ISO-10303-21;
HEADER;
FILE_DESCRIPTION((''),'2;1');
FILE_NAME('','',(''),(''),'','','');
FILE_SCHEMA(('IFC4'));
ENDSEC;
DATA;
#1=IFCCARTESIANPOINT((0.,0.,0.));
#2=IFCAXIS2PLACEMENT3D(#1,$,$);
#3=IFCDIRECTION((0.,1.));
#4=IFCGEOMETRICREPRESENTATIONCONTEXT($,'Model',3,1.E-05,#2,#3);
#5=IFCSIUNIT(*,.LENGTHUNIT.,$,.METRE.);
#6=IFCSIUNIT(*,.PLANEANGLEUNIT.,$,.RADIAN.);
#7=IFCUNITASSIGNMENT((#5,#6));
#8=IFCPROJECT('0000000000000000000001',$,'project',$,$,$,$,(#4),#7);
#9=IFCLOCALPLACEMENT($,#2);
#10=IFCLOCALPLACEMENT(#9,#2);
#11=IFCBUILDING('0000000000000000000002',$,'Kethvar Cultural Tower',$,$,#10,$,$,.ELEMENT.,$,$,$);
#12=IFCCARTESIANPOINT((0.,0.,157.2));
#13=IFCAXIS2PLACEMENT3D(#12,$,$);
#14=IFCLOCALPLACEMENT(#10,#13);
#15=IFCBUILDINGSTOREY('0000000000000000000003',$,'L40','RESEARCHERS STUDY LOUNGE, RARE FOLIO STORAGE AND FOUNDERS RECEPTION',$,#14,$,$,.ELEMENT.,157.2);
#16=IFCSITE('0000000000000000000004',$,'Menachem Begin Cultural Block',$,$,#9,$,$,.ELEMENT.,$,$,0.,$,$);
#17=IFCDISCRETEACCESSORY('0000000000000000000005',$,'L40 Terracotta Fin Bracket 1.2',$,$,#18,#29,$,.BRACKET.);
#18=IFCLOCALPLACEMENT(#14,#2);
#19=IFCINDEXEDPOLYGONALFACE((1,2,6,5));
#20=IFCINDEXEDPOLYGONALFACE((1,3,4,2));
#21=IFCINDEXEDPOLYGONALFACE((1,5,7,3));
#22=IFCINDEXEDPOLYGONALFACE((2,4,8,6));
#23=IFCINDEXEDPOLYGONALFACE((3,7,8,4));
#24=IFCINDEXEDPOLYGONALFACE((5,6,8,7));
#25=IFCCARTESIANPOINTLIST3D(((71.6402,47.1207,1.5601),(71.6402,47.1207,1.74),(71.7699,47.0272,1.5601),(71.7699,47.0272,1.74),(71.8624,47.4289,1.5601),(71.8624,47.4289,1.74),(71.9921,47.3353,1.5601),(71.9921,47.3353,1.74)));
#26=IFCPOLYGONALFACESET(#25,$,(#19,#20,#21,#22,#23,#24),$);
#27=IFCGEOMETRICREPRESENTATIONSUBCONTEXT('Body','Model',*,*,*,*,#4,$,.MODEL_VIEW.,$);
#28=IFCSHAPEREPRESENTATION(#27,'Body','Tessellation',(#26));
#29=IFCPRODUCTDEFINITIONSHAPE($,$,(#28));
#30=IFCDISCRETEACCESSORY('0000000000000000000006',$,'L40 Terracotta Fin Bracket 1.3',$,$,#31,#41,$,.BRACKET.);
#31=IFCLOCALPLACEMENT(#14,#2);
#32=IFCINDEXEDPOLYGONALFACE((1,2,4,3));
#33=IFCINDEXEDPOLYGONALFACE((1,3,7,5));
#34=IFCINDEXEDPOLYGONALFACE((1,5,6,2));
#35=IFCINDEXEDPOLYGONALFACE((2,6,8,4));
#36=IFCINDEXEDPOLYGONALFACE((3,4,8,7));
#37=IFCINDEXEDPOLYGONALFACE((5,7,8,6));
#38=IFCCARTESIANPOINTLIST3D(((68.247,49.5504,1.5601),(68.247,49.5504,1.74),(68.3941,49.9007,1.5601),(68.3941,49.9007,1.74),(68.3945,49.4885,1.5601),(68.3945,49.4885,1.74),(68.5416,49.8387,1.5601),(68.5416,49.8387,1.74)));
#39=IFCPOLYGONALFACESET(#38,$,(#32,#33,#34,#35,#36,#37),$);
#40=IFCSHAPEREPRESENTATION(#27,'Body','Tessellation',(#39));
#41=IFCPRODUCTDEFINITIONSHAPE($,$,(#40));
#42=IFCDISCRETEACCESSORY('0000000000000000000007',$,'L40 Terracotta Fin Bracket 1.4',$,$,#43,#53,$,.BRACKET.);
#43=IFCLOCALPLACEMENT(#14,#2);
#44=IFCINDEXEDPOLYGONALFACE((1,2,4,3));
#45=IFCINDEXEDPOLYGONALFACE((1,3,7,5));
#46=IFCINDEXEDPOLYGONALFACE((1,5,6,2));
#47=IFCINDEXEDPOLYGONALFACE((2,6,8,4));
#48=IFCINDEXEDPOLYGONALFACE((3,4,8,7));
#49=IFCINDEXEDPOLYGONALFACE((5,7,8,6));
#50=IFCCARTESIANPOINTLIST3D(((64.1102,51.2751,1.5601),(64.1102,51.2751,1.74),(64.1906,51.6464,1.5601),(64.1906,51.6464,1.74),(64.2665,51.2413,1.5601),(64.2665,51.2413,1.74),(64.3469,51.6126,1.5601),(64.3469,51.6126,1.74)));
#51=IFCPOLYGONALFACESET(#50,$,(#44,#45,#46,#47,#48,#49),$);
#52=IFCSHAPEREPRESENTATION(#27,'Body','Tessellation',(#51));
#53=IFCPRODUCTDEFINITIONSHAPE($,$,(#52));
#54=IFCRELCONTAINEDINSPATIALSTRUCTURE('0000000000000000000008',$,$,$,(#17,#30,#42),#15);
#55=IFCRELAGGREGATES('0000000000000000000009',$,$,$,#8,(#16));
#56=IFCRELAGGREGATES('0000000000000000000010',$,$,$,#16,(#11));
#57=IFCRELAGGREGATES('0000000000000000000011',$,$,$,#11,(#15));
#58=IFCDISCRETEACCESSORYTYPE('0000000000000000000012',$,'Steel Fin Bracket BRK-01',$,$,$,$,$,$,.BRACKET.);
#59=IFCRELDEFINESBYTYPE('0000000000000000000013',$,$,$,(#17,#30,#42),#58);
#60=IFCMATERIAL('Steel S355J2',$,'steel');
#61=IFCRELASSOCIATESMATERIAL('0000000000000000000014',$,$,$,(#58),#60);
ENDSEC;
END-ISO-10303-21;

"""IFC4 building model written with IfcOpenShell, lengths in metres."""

from ifc_helpers import new_model, si_unit, direction, frame, origin, origin_2d, place, context, subcontext, project, spatial, rectangle, extrude, source, transform, mapped, material, type_object, element, save


model = new_model("IFC4")

# Units and contexts
model_context = context("Model", 3, precision=1e-05, world=origin(), true_north=direction((0.0, 1.0)))
body_context = subcontext(model_context, "Body", "Model", "MODEL_VIEW")
ifc_project = project(units=[si_unit("LENGTHUNIT", "METRE"), si_unit("PLANEANGLEUNIT", "RADIAN")], contexts=[model_context])

# Site, building, storey
site_placement = place(None, origin())
site = spatial("IfcSite", under=ifc_project, at=site_placement, Name="Menachem Begin Cultural Block", CompositionType="ELEMENT", RefElevation=0.0)
building_placement = place(site_placement, origin())
building = spatial("IfcBuilding", under=site, at=building_placement, Name="Kethvar Cultural Tower", CompositionType="ELEMENT")
storey_placement = place(building_placement, frame((0.0, 0.0, 157.2)))
storey = spatial("IfcBuildingStorey", under=building, at=storey_placement, Name="L40", Description="RESEARCHERS STUDY LOUNGE, RARE FOLIO STORAGE AND FOUNDERS RECEPTION", CompositionType="ELEMENT", Elevation=157.2)

# Shared definitions
ifc_material_1 = material(Name="Steel S355J2", Category="steel")

# Discrete accessories
discrete_accessory_type = type_object("IfcDiscreteAccessoryType", Name="Steel Fin Bracket BRK-01", PredefinedType="BRACKET", material=ifc_material_1)
shared_shape_1 = source(origin(), body_context, "Body", "SweptSolid", [
    extrude(rectangle(XDim=0.3799, YDim=0.1599, at=origin_2d()), origin(), (0.0, 0.0, 1.0), 0.1799),
])
for number, where, z_axis, x_axis, name in (
    (1, (71.8162, 47.228, 1.5601), (0.0, 0.0, 1.0), (0.584816, 0.811166, 0.0), "L40 Terracotta Fin Bracket 1.2"),
    (2, (68.3943, 49.6946, 1.5601), (0.0, 0.0, 1.0), (0.387194, 0.921998, 0.0), "L40 Terracotta Fin Bracket 1.3"),
    (3, (64.2285, 51.4438, 1.5601), (0.0, 0.0, 1.0), (0.211666, 0.977342, 0.0), "L40 Terracotta Fin Bracket 1.4"),
):
    element("IfcDiscreteAccessory", number, at=place(storey_placement, frame(where, z_axis=z_axis, x_axis=x_axis)), inside=storey, type_object=discrete_accessory_type, Name=name, PredefinedType="BRACKET", context=body_context, shape_type="MappedRepresentation", body=[
        mapped(shared_shape_1, transform((0.0, 0.0, 0.0), scale=1.0)),
    ])

save(model, "model.ifc")
